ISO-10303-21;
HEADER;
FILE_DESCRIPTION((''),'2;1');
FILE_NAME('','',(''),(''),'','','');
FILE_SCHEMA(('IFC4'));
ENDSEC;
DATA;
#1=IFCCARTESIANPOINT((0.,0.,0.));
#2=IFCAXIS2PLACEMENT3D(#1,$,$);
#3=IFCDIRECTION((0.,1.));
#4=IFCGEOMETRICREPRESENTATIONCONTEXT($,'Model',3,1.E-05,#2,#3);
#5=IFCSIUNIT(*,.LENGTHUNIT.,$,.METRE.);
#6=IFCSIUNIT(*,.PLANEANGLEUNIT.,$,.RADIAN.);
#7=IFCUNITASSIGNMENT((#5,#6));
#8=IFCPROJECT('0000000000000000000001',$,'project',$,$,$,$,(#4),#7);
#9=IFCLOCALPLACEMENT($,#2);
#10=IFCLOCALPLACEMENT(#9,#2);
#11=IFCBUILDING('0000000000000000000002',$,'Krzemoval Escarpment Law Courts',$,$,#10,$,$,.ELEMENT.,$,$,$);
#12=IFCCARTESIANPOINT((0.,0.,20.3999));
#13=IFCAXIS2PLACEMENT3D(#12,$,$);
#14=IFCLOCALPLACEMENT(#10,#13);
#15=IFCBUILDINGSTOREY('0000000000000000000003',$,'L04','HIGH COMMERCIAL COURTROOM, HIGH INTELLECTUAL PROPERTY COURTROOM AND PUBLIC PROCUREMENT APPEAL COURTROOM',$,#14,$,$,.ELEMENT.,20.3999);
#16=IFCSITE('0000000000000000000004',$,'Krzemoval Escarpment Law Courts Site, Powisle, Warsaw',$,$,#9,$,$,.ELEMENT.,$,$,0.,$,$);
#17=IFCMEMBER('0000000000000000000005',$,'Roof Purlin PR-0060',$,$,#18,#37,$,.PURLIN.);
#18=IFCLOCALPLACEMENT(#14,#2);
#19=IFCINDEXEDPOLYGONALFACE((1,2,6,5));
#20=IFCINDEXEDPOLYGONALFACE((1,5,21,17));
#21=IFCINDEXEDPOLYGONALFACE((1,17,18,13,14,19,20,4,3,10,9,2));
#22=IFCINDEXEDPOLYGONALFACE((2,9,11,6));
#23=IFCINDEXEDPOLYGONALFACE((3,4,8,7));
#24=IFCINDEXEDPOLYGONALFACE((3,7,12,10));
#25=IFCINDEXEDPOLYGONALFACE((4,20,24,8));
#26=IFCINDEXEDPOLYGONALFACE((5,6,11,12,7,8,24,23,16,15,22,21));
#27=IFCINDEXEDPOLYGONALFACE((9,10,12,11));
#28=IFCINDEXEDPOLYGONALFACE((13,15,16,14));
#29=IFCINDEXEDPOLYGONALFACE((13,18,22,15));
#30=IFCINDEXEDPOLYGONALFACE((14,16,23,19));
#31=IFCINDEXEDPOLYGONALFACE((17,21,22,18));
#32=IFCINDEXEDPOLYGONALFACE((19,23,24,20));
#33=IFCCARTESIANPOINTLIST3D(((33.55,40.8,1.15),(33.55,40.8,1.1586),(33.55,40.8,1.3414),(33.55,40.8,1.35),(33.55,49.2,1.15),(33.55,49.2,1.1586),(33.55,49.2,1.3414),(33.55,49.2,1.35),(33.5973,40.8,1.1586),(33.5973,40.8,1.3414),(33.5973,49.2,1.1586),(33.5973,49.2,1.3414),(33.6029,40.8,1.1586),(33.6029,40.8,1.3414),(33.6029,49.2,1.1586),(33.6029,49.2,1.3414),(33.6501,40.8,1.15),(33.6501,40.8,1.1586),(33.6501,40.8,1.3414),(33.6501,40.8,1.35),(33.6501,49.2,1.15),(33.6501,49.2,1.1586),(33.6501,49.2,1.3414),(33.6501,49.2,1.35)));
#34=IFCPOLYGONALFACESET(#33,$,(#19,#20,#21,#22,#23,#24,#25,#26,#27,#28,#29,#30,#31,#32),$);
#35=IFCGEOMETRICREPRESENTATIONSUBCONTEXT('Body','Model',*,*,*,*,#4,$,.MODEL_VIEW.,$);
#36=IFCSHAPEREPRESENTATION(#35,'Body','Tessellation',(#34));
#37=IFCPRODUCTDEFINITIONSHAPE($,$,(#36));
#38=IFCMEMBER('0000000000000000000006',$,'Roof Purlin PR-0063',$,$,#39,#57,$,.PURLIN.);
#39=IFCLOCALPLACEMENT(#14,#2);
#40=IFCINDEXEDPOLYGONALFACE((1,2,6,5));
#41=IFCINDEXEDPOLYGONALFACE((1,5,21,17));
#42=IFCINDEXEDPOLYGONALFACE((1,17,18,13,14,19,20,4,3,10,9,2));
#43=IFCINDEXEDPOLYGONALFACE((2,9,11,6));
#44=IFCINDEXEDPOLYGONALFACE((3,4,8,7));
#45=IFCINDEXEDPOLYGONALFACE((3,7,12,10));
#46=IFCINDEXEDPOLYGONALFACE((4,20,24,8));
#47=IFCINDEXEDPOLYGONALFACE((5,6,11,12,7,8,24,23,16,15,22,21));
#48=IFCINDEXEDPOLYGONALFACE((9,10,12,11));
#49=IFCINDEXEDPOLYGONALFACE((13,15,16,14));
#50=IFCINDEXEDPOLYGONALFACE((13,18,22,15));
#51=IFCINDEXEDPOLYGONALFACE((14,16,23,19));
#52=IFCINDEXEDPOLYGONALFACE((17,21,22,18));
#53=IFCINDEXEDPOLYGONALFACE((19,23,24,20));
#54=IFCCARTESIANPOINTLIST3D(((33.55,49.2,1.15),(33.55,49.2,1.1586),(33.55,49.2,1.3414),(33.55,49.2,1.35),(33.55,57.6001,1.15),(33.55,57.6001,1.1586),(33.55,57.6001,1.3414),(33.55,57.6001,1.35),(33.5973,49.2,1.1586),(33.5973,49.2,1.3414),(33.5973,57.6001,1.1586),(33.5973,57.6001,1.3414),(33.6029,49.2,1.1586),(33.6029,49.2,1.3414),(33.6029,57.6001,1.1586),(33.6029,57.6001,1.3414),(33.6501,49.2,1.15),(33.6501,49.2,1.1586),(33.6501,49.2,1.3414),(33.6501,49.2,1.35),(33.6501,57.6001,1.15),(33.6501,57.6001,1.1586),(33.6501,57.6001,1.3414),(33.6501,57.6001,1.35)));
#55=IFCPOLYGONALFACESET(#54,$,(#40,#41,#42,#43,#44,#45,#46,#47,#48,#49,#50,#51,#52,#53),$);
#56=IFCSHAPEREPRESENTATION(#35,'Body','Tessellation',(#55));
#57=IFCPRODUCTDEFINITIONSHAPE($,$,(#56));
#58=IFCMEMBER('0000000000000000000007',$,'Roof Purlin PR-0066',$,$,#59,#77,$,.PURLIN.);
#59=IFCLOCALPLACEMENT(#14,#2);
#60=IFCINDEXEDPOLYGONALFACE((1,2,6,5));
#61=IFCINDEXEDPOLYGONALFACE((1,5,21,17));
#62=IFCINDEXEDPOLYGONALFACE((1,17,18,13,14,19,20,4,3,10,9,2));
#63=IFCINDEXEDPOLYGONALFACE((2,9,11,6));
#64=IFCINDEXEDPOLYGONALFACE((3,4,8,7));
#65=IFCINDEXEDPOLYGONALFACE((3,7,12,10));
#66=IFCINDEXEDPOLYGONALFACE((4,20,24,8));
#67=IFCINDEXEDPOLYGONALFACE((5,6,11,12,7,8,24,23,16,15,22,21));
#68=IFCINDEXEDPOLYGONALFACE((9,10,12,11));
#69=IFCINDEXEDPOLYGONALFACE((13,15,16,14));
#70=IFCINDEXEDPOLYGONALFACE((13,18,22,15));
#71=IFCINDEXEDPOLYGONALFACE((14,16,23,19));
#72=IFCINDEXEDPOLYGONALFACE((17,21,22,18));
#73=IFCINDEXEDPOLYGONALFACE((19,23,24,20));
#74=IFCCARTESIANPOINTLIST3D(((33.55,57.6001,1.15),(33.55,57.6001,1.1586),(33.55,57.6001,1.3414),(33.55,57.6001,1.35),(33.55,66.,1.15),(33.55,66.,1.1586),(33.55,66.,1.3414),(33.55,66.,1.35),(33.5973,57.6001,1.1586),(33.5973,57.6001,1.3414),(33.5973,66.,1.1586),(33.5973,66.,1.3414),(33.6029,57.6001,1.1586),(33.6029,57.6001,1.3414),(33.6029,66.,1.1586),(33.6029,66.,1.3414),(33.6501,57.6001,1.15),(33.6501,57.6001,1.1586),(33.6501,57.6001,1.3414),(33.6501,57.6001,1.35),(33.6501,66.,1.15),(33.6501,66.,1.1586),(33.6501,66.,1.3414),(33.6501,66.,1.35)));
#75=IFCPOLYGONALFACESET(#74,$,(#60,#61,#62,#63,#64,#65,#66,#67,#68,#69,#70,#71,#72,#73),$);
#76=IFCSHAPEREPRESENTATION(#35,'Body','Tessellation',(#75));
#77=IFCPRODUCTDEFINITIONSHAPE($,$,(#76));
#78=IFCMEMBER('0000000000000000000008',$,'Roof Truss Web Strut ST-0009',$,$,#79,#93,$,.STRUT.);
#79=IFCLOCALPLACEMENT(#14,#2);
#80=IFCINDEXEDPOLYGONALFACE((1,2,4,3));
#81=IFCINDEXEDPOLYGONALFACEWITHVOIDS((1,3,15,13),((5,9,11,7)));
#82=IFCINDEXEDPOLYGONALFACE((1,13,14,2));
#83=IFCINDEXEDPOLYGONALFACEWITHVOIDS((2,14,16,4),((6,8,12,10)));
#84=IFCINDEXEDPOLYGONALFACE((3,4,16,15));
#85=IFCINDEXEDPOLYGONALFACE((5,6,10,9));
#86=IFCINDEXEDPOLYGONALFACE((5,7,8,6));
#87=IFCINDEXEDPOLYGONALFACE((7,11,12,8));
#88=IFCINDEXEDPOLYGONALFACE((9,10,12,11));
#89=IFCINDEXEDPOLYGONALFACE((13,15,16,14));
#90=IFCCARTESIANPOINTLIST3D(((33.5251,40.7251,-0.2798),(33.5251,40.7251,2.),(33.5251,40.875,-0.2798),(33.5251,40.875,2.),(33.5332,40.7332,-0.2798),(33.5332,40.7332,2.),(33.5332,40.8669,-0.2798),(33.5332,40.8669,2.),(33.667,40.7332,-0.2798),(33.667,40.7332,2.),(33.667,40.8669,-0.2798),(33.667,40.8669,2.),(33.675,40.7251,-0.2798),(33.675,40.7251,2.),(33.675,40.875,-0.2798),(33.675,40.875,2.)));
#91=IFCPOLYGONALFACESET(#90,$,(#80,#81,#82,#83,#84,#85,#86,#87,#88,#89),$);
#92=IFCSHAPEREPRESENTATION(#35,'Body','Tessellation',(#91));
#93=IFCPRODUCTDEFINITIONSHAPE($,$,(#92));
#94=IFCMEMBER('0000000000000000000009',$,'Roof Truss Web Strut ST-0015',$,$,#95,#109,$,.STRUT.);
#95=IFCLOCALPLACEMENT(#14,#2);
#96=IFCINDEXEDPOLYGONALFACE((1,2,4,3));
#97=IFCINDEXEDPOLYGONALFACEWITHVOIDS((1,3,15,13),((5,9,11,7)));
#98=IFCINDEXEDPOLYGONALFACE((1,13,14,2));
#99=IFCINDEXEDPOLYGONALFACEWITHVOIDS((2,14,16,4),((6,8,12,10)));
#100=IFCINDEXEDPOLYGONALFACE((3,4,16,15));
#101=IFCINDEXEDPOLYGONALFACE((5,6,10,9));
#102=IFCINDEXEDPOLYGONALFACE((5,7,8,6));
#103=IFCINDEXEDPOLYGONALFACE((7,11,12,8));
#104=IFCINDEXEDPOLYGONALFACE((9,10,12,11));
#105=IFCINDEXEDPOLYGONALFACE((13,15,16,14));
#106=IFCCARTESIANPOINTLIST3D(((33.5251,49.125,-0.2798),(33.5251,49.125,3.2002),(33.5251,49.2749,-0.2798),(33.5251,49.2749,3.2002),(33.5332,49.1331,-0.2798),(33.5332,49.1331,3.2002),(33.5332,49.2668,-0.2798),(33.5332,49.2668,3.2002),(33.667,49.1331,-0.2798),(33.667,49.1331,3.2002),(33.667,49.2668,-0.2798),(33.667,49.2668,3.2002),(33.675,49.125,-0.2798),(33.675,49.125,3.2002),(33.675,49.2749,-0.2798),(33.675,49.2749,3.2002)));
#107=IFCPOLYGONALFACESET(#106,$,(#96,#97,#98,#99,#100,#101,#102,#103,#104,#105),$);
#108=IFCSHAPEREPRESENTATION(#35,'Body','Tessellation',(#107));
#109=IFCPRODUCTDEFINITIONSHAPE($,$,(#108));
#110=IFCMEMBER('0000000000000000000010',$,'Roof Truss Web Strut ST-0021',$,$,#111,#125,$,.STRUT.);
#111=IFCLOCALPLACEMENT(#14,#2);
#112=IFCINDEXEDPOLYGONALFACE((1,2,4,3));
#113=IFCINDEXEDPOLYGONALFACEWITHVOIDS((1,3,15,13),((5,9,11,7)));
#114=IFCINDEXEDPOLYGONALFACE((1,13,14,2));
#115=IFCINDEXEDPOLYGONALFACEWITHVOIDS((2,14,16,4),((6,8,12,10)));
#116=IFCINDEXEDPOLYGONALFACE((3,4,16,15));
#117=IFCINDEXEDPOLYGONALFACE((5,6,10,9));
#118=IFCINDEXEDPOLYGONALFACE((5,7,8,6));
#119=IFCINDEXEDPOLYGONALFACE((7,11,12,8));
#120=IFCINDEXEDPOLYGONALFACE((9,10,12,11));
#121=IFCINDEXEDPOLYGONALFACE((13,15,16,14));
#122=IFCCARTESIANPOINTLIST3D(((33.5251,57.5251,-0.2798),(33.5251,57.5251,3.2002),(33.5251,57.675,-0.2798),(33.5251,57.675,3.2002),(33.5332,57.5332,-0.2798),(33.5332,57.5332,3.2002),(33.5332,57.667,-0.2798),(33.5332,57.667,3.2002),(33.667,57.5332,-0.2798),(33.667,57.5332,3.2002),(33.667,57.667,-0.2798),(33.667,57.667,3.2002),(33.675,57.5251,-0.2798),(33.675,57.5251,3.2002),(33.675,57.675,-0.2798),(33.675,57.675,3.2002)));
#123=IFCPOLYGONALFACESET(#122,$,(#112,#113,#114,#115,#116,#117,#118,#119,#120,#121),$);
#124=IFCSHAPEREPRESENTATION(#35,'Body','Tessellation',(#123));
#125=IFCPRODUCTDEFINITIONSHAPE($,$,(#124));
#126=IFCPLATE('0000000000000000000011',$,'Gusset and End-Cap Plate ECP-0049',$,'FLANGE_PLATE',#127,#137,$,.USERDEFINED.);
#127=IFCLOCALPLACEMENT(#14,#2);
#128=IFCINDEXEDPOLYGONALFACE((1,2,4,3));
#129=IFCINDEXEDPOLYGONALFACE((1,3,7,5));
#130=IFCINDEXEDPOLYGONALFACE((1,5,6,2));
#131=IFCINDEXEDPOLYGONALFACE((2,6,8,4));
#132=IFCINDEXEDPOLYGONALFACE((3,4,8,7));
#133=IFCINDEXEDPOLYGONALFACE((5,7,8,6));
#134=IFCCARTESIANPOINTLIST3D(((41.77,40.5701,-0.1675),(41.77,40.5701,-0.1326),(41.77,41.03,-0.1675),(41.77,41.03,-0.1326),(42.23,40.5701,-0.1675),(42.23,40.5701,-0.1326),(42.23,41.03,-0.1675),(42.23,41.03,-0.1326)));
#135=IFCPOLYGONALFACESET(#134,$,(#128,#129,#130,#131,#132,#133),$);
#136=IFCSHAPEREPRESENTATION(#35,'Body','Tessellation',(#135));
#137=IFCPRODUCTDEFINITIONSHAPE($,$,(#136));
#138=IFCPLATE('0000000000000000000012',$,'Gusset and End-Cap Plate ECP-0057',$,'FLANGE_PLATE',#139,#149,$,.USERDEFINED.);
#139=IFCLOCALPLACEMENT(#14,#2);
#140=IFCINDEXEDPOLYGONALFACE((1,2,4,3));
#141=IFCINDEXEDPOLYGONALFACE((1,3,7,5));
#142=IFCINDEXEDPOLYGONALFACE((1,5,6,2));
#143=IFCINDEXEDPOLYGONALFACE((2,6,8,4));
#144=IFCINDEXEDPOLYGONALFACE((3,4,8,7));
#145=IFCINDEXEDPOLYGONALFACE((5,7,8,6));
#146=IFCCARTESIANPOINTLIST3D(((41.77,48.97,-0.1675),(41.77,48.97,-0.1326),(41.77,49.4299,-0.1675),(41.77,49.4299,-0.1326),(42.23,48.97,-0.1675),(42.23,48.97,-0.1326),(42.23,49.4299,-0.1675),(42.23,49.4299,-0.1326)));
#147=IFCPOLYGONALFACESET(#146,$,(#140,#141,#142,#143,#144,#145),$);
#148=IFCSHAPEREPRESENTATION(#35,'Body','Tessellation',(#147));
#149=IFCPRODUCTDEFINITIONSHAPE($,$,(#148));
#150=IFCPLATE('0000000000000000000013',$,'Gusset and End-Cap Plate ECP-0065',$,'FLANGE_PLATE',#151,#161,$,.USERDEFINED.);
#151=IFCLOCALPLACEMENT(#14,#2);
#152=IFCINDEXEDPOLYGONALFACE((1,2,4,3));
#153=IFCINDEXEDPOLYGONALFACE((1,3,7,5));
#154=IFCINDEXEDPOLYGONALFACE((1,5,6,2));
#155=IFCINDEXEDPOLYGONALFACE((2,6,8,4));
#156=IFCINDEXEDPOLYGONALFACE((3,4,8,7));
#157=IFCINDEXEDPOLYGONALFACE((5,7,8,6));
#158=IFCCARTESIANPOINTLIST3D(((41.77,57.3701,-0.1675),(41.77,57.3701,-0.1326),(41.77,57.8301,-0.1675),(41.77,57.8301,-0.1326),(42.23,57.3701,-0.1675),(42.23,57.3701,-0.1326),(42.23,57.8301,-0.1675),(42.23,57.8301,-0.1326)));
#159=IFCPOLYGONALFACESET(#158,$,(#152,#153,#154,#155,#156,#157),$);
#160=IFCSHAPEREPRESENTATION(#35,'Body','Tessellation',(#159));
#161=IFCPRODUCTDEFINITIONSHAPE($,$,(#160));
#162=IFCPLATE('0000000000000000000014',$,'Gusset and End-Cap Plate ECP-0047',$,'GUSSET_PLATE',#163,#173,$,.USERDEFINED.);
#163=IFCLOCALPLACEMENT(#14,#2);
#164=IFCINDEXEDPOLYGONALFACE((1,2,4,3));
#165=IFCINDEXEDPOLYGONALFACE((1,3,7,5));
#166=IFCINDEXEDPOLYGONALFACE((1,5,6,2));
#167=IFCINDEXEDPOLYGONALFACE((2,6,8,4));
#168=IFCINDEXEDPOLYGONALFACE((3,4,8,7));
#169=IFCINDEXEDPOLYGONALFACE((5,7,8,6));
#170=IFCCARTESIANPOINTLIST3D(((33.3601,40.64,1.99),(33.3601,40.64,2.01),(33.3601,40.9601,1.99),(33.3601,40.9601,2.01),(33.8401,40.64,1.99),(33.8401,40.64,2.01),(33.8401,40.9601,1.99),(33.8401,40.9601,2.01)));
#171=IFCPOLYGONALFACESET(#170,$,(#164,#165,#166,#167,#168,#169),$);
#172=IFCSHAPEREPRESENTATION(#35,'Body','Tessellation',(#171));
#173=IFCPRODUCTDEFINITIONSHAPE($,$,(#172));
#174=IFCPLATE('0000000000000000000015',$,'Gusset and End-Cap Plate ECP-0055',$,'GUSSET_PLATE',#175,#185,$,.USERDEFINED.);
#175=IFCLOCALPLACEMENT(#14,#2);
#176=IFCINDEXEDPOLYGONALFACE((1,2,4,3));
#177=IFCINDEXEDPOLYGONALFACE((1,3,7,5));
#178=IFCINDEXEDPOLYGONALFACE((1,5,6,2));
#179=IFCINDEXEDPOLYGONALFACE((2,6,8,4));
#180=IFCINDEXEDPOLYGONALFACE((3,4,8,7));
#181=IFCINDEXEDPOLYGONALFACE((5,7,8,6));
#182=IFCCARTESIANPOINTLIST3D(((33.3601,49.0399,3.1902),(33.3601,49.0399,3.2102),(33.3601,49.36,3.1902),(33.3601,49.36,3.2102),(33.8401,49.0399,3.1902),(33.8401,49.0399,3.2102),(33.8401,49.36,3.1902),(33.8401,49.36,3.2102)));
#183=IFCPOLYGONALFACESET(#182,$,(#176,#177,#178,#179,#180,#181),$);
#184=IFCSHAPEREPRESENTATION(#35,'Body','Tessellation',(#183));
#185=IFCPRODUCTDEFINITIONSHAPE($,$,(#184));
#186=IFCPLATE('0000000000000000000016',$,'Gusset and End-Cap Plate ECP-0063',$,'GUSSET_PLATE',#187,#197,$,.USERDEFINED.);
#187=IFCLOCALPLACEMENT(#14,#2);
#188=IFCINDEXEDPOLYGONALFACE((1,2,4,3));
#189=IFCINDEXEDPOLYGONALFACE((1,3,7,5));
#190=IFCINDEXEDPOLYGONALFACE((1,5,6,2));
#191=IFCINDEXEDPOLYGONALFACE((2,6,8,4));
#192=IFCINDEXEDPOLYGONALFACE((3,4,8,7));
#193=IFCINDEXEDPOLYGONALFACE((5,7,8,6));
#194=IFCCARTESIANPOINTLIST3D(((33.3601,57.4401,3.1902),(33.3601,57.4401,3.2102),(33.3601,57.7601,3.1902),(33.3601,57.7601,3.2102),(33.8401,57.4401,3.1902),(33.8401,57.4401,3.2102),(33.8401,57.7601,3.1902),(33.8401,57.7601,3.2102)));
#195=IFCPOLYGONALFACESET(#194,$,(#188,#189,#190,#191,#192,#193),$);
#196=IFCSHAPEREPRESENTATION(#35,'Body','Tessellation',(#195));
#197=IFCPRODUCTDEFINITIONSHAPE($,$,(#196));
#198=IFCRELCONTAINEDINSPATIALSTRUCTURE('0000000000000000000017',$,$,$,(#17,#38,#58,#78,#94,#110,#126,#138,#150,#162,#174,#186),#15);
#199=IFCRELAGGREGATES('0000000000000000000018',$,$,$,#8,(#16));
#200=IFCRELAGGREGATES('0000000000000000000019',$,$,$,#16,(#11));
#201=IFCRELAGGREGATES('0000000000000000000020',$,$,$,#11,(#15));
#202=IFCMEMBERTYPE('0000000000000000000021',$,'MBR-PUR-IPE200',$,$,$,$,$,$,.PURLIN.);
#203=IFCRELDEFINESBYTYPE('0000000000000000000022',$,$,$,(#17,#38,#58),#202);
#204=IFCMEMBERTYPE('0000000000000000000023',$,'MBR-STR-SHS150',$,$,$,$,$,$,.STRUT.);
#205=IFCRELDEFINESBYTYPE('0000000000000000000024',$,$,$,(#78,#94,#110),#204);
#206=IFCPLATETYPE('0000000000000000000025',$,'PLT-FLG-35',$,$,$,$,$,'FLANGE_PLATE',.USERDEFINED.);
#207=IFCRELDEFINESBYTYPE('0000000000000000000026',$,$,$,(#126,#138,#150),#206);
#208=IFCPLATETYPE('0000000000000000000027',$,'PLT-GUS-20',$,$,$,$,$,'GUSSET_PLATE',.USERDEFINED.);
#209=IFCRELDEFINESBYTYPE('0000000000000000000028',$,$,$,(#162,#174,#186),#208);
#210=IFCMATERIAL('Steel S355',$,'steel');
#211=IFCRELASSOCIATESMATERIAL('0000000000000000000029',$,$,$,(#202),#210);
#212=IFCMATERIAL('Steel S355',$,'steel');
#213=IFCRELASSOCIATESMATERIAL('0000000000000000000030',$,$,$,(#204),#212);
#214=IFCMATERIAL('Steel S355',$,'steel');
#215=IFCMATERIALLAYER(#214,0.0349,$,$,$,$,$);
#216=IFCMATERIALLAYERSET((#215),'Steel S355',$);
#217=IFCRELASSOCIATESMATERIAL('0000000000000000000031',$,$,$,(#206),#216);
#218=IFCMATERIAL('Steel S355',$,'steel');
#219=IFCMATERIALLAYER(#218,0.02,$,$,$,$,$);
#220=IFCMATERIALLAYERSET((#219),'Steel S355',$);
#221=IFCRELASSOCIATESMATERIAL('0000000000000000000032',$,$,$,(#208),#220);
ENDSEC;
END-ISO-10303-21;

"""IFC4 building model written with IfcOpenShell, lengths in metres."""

from ifc_helpers import new_model, si_unit, direction, frame, origin, origin_2d, place, context, subcontext, project, spatial, rectangle, hollow_rectangle, i_section, extrude, material, layer, layer_set, material_profile, profile_set, type_object, element, save


model = new_model("IFC4")

# Units and contexts
model_context = context("Model", 3, precision=1e-05, world=origin(), true_north=direction((0.0, 1.0)))
body_context = subcontext(model_context, "Body", "Model", "MODEL_VIEW")
ifc_project = project(units=[si_unit("LENGTHUNIT", "METRE"), si_unit("PLANEANGLEUNIT", "RADIAN")], contexts=[model_context])

# Site, building, storey
site_placement = place(None, origin())
site = spatial("IfcSite", under=ifc_project, at=site_placement, Name="Krzemoval Escarpment Law Courts Site, Powisle, Warsaw", CompositionType="ELEMENT", RefElevation=0.0)
building_placement = place(site_placement, origin())
building = spatial("IfcBuilding", under=site, at=building_placement, Name="Krzemoval Escarpment Law Courts", CompositionType="ELEMENT")
storey_placement = place(building_placement, frame((0.0, 0.0, 20.3999)))
storey = spatial("IfcBuildingStorey", under=building, at=storey_placement, Name="L04", Description="HIGH COMMERCIAL COURTROOM, HIGH INTELLECTUAL PROPERTY COURTROOM AND PUBLIC PROCUREMENT APPEAL COURTROOM", CompositionType="ELEMENT", Elevation=20.3999)

# Members
ifc_material_1 = material(Name="Steel S355", Category="steel")
ifc_material_profile_1 = material_profile(ifc_material_1, i_section(OverallWidth=0.1001, OverallDepth=0.2, WebThickness=0.0056, FlangeThickness=0.0085, at=origin_2d()), Name="IPE 200")
ifc_profile_set_1 = profile_set([ifc_material_profile_1], Name="Steel S355")
member_type_1 = type_object("IfcMemberType", Name="MBR-PUR-IPE200", PredefinedType="PURLIN", material=ifc_profile_set_1)
member_1_placement = place(storey_placement, frame((33.6001, 40.8, 1.25), z_axis=(0.0, 1.0, 0.0), x_axis=(-1.0, 0.0, 0.0)))
element("IfcMember", 1, at=member_1_placement, inside=storey, type_object=member_type_1, Name="Roof Purlin PR-0060", PredefinedType="PURLIN", context=body_context, shape_type="SweptSolid", body=[
    extrude(i_section(OverallWidth=0.1001, OverallDepth=0.2, WebThickness=0.0056, FlangeThickness=0.0085, at=origin_2d()), origin(), (0.0, 0.0, 1.0), 8.3999),
])
member_2_placement = place(storey_placement, frame((33.6001, 49.2, 1.25), z_axis=(0.0, 1.0, 0.0), x_axis=(-1.0, 0.0, 0.0)))
element("IfcMember", 2, at=member_2_placement, inside=storey, type_object=member_type_1, Name="Roof Purlin PR-0063", PredefinedType="PURLIN", context=body_context, shape_type="SweptSolid", body=[
    extrude(i_section(OverallWidth=0.1001, OverallDepth=0.2, WebThickness=0.0056, FlangeThickness=0.0085, at=origin_2d()), origin(), (0.0, 0.0, 1.0), 8.4001),
])
member_3_placement = place(storey_placement, frame((33.6001, 57.6001, 1.25), z_axis=(0.0, 1.0, 0.0), x_axis=(-1.0, 0.0, 0.0)))
element("IfcMember", 3, at=member_3_placement, inside=storey, type_object=member_type_1, Name="Roof Purlin PR-0066", PredefinedType="PURLIN", context=body_context, shape_type="SweptSolid", body=[
    extrude(i_section(OverallWidth=0.1001, OverallDepth=0.2, WebThickness=0.0056, FlangeThickness=0.0085, at=origin_2d()), origin(), (0.0, 0.0, 1.0), 8.3999),
])
ifc_material_2 = material(Name="Steel S355", Category="steel")
ifc_material_profile_2 = material_profile(ifc_material_2, hollow_rectangle(XDim=0.1499, YDim=0.1499, WallThickness=0.0081, at=origin_2d()), Name="SHS 150x150x8")
ifc_profile_set_2 = profile_set([ifc_material_profile_2], Name="Steel S355")
member_type_2 = type_object("IfcMemberType", Name="MBR-STR-SHS150", PredefinedType="STRUT", material=ifc_profile_set_2)
member_4_placement = place(storey_placement, frame((33.6001, 40.8, -0.2798), z_axis=(0.0, 0.0, 1.0), x_axis=(1.0, 0.0, 0.0)))
element("IfcMember", 4, at=member_4_placement, inside=storey, type_object=member_type_2, Name="Roof Truss Web Strut ST-0009", PredefinedType="STRUT", context=body_context, shape_type="SweptSolid", body=[
    extrude(hollow_rectangle(XDim=0.1499, YDim=0.1499, WallThickness=0.0081, at=origin_2d()), origin(), (0.0, 0.0, 1.0), 2.2798),
])
for number, where, z_axis, x_axis, name in (
    (5, (33.6001, 49.2, -0.2798), (0.0, 0.0, 1.0), (1.0, 0.0, 0.0), "Roof Truss Web Strut ST-0015"),
    (6, (33.6001, 57.6001, -0.2798), (0.0, 0.0, 1.0), (1.0, 0.0, 0.0), "Roof Truss Web Strut ST-0021"),
):
    element("IfcMember", number, at=place(storey_placement, frame(where, z_axis=z_axis, x_axis=x_axis)), inside=storey, type_object=member_type_2, Name=name, PredefinedType="STRUT", context=body_context, shape_type="SweptSolid", body=[
        extrude(hollow_rectangle(XDim=0.1499, YDim=0.1499, WallThickness=0.0081, at=origin_2d()), origin(), (0.0, 0.0, 1.0), 3.48),
    ])

# Plates
ifc_material_3 = material(Name="Steel S355", Category="steel")
ifc_layer_1 = layer(ifc_material_3, 0.0349)
ifc_layer_set_1 = layer_set([ifc_layer_1], Name="Steel S355")
plate_type_1 = type_object("IfcPlateType", Name="PLT-FLG-35", ElementType="FLANGE_PLATE", PredefinedType="USERDEFINED", material=ifc_layer_set_1)
for number, where, z_axis, x_axis, name in (
    (7, (42.0, 40.8, -0.1675), (0.0, 0.0, 1.0), (1.0, 0.0, 0.0), "Gusset and End-Cap Plate ECP-0049"),
    (8, (42.0, 49.2, -0.1675), (0.0, 0.0, 1.0), (1.0, 0.0, 0.0), "Gusset and End-Cap Plate ECP-0057"),
    (9, (42.0, 57.6001, -0.1675), (0.0, 0.0, 1.0), (1.0, 0.0, 0.0), "Gusset and End-Cap Plate ECP-0065"),
):
    element("IfcPlate", number, at=place(storey_placement, frame(where, z_axis=z_axis, x_axis=x_axis)), inside=storey, type_object=plate_type_1, Name=name, ObjectType="FLANGE_PLATE", PredefinedType="USERDEFINED", context=body_context, shape_type="SweptSolid", body=[
        extrude(rectangle(XDim=0.46, YDim=0.46, at=origin_2d()), origin(), (0.0, 0.0, 1.0), 0.0349),
    ])
ifc_material_4 = material(Name="Steel S355", Category="steel")
ifc_layer_2 = layer(ifc_material_4, 0.02)
ifc_layer_set_2 = layer_set([ifc_layer_2], Name="Steel S355")
plate_type_2 = type_object("IfcPlateType", Name="PLT-GUS-20", ElementType="GUSSET_PLATE", PredefinedType="USERDEFINED", material=ifc_layer_set_2)
for number, where, z_axis, x_axis, name in (
    (10, (33.6001, 40.8, 1.99), (0.0, 0.0, 1.0), (1.0, 0.0, 0.0), "Gusset and End-Cap Plate ECP-0047"),
    (11, (33.6001, 49.2, 3.1902), (0.0, 0.0, 1.0), (1.0, 0.0, 0.0), "Gusset and End-Cap Plate ECP-0055"),
    (12, (33.6001, 57.6001, 3.1902), (0.0, 0.0, 1.0), (1.0, 0.0, 0.0), "Gusset and End-Cap Plate ECP-0063"),
):
    element("IfcPlate", number, at=place(storey_placement, frame(where, z_axis=z_axis, x_axis=x_axis)), inside=storey, type_object=plate_type_2, Name=name, ObjectType="GUSSET_PLATE", PredefinedType="USERDEFINED", context=body_context, shape_type="SweptSolid", body=[
        extrude(rectangle(XDim=0.48, YDim=0.3201, at=origin_2d()), origin(), (0.0, 0.0, 1.0), 0.02),
    ])

save(model, "model.ifc")
